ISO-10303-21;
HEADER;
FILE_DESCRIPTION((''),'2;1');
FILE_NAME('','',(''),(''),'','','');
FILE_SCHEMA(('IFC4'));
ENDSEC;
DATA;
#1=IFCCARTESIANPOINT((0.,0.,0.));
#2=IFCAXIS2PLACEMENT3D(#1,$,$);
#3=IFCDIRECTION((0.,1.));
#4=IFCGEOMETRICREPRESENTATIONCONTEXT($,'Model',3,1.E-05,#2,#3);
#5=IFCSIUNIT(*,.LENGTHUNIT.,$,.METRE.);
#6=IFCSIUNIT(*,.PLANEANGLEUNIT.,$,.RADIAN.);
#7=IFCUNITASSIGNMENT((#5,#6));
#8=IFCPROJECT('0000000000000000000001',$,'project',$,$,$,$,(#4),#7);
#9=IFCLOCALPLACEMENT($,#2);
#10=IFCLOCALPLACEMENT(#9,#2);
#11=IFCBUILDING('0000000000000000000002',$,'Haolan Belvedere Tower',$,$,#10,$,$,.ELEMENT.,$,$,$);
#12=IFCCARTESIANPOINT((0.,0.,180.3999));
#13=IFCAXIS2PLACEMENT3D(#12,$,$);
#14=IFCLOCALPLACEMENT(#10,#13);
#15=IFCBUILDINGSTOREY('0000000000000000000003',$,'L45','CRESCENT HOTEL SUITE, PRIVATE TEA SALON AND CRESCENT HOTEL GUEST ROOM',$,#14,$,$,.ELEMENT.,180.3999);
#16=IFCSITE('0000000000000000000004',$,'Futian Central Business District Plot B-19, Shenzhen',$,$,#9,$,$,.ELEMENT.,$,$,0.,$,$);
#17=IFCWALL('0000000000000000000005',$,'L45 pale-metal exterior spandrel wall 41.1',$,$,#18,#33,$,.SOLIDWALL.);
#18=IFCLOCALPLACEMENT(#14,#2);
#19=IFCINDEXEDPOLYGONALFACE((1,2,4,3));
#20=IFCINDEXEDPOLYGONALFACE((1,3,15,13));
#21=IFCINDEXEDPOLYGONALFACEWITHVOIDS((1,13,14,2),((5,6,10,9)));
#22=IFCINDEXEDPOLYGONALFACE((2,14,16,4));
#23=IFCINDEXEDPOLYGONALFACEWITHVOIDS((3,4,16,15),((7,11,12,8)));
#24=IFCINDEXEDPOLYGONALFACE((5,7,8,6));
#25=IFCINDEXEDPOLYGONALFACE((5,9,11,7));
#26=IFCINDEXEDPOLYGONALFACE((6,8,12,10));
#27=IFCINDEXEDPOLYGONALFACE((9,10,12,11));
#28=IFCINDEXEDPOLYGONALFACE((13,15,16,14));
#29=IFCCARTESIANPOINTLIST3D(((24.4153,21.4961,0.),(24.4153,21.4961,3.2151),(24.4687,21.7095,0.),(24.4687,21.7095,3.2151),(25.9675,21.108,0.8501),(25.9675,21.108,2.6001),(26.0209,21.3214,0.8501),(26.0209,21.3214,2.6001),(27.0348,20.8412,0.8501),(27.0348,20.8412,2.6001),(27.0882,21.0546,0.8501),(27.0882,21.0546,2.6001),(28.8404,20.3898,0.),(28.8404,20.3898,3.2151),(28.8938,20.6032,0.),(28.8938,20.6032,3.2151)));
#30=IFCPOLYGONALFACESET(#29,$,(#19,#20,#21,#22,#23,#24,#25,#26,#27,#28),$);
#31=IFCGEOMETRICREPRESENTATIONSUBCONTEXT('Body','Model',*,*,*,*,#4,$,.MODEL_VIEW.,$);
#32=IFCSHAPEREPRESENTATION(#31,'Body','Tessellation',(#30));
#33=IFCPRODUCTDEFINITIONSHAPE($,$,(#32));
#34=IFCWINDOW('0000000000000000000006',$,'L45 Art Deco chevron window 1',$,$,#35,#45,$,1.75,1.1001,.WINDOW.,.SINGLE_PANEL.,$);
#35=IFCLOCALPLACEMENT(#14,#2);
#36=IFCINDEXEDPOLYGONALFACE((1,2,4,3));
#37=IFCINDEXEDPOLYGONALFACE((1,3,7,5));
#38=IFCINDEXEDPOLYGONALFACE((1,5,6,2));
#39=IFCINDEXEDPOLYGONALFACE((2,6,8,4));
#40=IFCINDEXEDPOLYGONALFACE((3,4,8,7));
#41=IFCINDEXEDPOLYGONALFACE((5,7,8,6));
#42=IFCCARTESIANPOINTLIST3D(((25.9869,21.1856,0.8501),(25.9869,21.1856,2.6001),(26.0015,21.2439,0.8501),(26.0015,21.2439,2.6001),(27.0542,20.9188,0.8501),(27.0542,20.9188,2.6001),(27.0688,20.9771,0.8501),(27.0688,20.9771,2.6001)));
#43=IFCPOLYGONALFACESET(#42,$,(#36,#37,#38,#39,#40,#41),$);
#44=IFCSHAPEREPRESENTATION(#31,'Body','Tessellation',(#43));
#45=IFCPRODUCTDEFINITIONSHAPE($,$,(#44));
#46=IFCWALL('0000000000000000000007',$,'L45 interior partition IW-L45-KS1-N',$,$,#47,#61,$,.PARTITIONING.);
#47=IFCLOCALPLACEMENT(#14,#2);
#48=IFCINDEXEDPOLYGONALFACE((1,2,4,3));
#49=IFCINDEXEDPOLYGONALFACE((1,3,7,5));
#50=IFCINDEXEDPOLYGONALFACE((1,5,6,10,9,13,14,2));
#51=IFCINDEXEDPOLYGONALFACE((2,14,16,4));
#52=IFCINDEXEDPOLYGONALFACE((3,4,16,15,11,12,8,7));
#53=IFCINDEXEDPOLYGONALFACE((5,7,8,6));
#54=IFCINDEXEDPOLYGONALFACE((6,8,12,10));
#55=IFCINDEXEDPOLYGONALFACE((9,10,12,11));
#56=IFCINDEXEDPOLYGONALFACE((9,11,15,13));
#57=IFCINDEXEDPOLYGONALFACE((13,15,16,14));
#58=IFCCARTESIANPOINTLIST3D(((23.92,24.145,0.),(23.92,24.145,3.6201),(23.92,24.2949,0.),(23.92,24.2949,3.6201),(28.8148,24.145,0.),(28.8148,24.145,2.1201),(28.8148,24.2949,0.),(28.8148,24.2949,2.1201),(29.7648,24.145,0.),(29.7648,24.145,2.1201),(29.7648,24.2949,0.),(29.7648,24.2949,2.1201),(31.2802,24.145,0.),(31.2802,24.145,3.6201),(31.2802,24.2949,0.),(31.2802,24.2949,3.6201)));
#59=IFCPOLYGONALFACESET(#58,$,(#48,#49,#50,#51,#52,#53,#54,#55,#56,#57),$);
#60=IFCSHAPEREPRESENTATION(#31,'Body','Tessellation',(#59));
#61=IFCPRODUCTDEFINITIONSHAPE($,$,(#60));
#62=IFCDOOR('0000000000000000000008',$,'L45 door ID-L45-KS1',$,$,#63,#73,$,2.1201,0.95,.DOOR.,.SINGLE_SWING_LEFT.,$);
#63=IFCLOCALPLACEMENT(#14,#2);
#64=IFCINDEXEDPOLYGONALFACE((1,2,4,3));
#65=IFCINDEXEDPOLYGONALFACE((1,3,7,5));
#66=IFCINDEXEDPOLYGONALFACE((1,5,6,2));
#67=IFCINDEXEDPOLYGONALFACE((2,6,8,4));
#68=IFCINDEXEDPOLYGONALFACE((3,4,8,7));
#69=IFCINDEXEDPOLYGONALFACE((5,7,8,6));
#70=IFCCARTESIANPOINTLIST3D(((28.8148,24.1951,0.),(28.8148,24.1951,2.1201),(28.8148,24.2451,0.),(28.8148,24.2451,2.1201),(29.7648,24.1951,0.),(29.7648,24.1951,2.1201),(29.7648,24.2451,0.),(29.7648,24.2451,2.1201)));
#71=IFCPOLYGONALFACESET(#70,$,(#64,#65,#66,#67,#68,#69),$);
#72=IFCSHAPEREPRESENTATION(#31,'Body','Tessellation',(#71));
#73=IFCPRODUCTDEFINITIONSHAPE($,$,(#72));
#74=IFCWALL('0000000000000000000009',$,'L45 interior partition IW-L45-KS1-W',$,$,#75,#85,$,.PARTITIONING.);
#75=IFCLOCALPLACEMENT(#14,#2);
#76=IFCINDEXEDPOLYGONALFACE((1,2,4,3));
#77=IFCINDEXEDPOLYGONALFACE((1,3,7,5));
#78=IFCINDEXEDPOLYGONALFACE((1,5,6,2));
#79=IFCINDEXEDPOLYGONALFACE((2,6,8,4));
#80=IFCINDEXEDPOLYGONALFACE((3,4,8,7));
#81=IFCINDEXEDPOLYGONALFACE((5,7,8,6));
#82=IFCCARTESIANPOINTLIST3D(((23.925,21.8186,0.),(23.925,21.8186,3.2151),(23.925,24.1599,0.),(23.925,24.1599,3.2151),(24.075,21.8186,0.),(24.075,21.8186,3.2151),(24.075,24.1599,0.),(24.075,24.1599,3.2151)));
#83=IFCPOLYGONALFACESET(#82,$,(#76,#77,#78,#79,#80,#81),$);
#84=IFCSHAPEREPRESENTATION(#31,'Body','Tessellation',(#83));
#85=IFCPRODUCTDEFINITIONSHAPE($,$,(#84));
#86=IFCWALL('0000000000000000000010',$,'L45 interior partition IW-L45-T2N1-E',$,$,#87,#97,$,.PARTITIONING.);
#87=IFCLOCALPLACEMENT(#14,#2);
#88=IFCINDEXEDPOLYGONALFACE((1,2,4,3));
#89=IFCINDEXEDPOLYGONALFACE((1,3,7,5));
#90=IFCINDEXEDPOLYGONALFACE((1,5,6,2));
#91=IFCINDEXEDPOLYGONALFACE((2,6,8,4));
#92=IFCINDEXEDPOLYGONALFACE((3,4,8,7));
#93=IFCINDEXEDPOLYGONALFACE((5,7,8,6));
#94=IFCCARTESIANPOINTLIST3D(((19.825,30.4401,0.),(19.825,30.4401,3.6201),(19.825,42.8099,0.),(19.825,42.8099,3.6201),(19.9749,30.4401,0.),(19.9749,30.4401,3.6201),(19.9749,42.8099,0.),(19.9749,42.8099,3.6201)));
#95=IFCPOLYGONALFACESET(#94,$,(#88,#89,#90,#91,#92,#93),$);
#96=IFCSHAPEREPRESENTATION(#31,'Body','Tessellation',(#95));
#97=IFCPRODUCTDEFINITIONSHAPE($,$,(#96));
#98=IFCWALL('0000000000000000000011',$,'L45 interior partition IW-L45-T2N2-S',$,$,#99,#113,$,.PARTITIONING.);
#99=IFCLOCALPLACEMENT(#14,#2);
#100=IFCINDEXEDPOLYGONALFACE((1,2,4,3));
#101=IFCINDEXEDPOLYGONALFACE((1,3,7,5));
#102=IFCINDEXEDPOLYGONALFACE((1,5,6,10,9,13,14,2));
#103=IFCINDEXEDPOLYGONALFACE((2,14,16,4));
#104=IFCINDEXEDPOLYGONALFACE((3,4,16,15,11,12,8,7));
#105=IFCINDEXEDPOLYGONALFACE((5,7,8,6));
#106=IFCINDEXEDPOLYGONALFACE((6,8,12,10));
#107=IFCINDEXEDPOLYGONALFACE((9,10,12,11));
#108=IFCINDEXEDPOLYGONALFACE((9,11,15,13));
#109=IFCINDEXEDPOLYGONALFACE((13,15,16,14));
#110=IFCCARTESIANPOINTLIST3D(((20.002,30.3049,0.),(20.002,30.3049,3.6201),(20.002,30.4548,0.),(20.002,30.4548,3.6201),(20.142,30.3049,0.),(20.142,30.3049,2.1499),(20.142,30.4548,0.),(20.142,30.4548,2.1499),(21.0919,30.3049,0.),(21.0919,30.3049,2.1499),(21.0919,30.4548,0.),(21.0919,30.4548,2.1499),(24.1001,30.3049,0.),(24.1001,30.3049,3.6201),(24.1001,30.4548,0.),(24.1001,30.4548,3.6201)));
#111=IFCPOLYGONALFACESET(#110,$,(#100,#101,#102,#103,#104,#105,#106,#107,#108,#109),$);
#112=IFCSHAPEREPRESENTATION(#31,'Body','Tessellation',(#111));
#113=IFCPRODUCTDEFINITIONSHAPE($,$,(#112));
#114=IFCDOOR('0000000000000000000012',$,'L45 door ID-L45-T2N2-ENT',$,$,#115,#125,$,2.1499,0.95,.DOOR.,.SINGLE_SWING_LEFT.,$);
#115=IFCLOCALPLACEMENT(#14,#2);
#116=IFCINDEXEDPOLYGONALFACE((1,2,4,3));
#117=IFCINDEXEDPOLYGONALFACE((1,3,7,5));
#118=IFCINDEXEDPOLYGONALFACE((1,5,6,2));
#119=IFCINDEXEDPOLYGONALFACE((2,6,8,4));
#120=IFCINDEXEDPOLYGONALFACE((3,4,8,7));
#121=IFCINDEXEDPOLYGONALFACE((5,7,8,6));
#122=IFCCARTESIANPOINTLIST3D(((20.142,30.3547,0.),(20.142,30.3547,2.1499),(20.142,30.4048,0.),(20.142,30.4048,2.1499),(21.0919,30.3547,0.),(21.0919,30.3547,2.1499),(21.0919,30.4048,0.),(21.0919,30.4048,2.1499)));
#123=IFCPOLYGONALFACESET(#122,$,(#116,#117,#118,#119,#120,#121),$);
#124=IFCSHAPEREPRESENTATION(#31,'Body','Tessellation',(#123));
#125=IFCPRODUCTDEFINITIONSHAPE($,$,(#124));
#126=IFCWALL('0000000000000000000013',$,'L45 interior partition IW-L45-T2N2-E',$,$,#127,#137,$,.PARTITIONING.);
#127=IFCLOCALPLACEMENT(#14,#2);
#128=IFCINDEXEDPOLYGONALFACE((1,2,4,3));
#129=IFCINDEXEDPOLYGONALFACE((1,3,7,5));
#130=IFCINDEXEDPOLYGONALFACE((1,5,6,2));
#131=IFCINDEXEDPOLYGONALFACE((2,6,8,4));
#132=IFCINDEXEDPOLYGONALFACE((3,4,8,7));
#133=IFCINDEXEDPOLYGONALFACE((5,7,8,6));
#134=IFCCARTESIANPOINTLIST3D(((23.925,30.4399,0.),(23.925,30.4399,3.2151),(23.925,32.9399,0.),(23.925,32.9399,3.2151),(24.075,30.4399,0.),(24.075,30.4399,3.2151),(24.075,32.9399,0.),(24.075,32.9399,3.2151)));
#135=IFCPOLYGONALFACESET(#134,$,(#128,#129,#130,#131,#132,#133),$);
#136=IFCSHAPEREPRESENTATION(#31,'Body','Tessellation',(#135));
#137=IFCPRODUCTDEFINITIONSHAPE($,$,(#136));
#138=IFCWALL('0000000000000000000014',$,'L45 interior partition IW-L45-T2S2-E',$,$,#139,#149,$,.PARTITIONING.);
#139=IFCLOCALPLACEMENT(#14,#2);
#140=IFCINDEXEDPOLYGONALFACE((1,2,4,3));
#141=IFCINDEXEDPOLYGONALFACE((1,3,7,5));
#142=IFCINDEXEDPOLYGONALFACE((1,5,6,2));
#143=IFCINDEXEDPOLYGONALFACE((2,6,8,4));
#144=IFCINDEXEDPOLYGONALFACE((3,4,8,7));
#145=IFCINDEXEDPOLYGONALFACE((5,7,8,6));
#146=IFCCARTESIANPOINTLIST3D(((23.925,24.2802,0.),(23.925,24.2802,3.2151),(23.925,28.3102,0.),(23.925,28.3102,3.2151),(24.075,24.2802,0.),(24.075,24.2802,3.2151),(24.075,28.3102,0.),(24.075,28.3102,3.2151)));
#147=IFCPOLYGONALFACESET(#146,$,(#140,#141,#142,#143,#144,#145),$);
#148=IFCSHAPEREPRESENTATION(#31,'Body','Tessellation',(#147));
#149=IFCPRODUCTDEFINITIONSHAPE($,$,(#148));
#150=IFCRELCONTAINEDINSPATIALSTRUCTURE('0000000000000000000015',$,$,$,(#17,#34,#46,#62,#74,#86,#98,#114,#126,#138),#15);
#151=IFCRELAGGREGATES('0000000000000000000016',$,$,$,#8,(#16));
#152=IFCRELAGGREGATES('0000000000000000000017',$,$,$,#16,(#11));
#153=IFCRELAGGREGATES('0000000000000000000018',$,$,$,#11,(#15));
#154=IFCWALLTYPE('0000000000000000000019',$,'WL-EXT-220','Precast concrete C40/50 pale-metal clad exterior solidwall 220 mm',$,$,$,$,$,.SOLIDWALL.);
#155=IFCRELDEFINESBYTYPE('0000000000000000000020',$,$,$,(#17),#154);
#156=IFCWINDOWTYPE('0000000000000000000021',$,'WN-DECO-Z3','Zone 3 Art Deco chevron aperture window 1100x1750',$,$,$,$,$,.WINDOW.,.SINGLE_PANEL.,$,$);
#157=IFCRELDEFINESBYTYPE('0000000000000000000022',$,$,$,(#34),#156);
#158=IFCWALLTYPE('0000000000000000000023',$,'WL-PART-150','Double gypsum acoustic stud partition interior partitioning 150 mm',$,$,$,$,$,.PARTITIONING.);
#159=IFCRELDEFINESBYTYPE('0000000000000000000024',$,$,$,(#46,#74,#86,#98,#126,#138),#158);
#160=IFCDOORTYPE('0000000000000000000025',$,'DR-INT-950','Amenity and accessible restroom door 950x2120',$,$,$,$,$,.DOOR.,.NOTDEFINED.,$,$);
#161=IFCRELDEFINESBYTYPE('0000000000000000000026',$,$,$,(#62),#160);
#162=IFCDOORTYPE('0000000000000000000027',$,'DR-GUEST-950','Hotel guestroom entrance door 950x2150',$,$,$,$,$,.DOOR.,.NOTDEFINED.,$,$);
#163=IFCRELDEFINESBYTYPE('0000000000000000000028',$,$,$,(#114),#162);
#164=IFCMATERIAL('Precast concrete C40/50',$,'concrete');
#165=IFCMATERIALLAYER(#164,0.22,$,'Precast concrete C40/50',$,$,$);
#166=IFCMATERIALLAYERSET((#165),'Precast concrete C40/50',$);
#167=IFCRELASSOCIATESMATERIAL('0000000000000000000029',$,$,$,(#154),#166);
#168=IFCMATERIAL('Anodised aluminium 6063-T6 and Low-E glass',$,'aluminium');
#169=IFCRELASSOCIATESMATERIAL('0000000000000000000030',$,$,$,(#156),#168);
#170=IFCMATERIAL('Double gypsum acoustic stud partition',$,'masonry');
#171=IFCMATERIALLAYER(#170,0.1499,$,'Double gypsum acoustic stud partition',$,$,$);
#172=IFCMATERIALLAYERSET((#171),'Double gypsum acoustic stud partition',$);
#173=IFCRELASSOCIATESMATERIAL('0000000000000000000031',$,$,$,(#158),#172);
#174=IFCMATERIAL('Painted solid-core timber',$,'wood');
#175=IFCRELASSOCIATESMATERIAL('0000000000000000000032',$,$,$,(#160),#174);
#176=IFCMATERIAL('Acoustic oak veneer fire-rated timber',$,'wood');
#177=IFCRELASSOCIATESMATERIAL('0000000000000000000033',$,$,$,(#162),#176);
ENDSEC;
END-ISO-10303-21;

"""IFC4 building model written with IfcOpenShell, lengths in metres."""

from ifc_helpers import new_model, si_unit, direction, frame, frame_2d, origin, place, context, subcontext, project, spatial, rectangle, extrude, material, layer, layer_set, type_object, element, fill, save


model = new_model("IFC4")

# Units and contexts
model_context = context("Model", 3, precision=1e-05, world=origin(), true_north=direction((0.0, 1.0)))
body_context = subcontext(model_context, "Body", "Model", "MODEL_VIEW")
ifc_project = project(units=[si_unit("LENGTHUNIT", "METRE"), si_unit("PLANEANGLEUNIT", "RADIAN")], contexts=[model_context])

# Site, building, storey
site_placement = place(None, origin())
site = spatial("IfcSite", under=ifc_project, at=site_placement, Name="Futian Central Business District Plot B-19, Shenzhen", CompositionType="ELEMENT", RefElevation=0.0)
building_placement = place(site_placement, origin())
building = spatial("IfcBuilding", under=site, at=building_placement, Name="Haolan Belvedere Tower", CompositionType="ELEMENT")
storey_placement = place(building_placement, frame((0.0, 0.0, 180.3999)))
storey = spatial("IfcBuildingStorey", under=building, at=storey_placement, Name="L45", Description="CRESCENT HOTEL SUITE, PRIVATE TEA SALON AND CRESCENT HOTEL GUEST ROOM", CompositionType="ELEMENT", Elevation=180.3999)

# Shared definitions
ifc_material_1 = material(Name="Precast concrete C40/50", Category="concrete")
ifc_layer_1 = layer(ifc_material_1, 0.22, Name="Precast concrete C40/50")
ifc_layer_set_1 = layer_set([ifc_layer_1], Name="Precast concrete C40/50")
wall_type_1 = type_object("IfcWallType", Name="WL-EXT-220", Description="Precast concrete C40/50 pale-metal clad exterior solidwall 220 mm", PredefinedType="SOLIDWALL", material=ifc_layer_set_1)

# Wall, opening, window
wall_1_placement = place(storey_placement, frame((24.4419, 21.6028, 0.0), z_axis=(0.0, 0.0, 1.0), x_axis=(0.970146, -0.242523, 0.0)))
wall_1 = element("IfcWall", 1, at=wall_1_placement, inside=storey, type_object=wall_type_1, Name="L45 pale-metal exterior spandrel wall 41.1", PredefinedType="SOLIDWALL", context=body_context, shape_type="SweptSolid", body=[
    extrude(rectangle(XDim=4.5613, YDim=0.22, at=frame_2d((2.2808, 0.0))), origin(), (0.0, 0.0, 1.0), 3.2151),
])
opening_1_placement = place(wall_1_placement, frame((1.6001, 0.0, 0.8501)))
opening_1 = element("IfcOpeningElement", 2, at=opening_1_placement, cuts=wall_1, PredefinedType="OPENING", context=body_context, shape_type="SweptSolid", body=[
    extrude(rectangle(XDim=1.1001, YDim=1.75, at=frame_2d((0.55, 0.875))), frame((0.0, 0.1199, 0.0), z_axis=(0.0, -1.0, 0.0), x_axis=(1.0, 0.0, 0.0)), (0.0, 0.0, 1.0), 0.24),
])
ifc_material_2 = material(Name="Anodised aluminium 6063-T6 and Low-E glass", Category="aluminium")
window_type = type_object("IfcWindowType", Name="WN-DECO-Z3", Description="Zone 3 Art Deco chevron aperture window 1100x1750", PartitioningType="SINGLE_PANEL", PredefinedType="WINDOW", material=ifc_material_2)
window_placement = place(opening_1_placement, origin())
window = element("IfcWindow", 3, at=window_placement, inside=storey, type_object=window_type, Name="L45 Art Deco chevron window 1", OverallHeight=1.75, OverallWidth=1.1001, PartitioningType="SINGLE_PANEL", PredefinedType="WINDOW", context=body_context, shape_type="SweptSolid", body=[
    extrude(rectangle(XDim=1.1001, YDim=1.75, at=frame_2d((0.55, 0.875))), frame((0.0, 0.03, 0.0), z_axis=(0.0, -1.0, 0.0), x_axis=(1.0, 0.0, 0.0)), (0.0, 0.0, 1.0), 0.0601),
])
fill(opening_1, window)

# Wall, opening, door
ifc_material_3 = material(Name="Double gypsum acoustic stud partition", Category="masonry")
ifc_layer_2 = layer(ifc_material_3, 0.1499, Name="Double gypsum acoustic stud partition")
ifc_layer_set_2 = layer_set([ifc_layer_2], Name="Double gypsum acoustic stud partition")
wall_type_2 = type_object("IfcWallType", Name="WL-PART-150", Description="Double gypsum acoustic stud partition interior partitioning 150 mm", PredefinedType="PARTITIONING", material=ifc_layer_set_2)
wall_2_placement = place(storey_placement, frame((23.9199, 24.22, 0.0), z_axis=(0.0, 0.0, 1.0), x_axis=(1.0, 0.0, 0.0)))
wall_2 = element("IfcWall", 4, at=wall_2_placement, inside=storey, type_object=wall_type_2, Name="L45 interior partition IW-L45-KS1-N", PredefinedType="PARTITIONING", context=body_context, shape_type="SweptSolid", body=[
    extrude(rectangle(XDim=7.3601, YDim=0.1499, at=frame_2d((3.6802, 0.0))), origin(), (0.0, 0.0, 1.0), 3.6201),
])
opening_2_placement = place(wall_2_placement, frame((5.845, 0.0, 0.0), z_axis=(0.0, 0.0, 1.0), x_axis=(-1.0, 0.0, 0.0)))
opening_2 = element("IfcOpeningElement", 5, at=opening_2_placement, cuts=wall_2, PredefinedType="OPENING", context=body_context, shape_type="SweptSolid", body=[
    extrude(rectangle(XDim=0.95, YDim=2.1201, at=frame_2d((0.4751, 1.0601))), frame((0.0, 0.085, 0.0), z_axis=(0.0, -1.0, 0.0), x_axis=(1.0, 0.0, 0.0)), (0.0, 0.0, 1.0), 0.1699),
])
ifc_material_4 = material(Name="Painted solid-core timber", Category="wood")
door_type_1 = type_object("IfcDoorType", Name="DR-INT-950", Description="Amenity and accessible restroom door 950x2120", OperationType="NOTDEFINED", PredefinedType="DOOR", material=ifc_material_4)
door_1_placement = place(opening_2_placement, origin())
door_1 = element("IfcDoor", 6, at=door_1_placement, inside=storey, type_object=door_type_1, Name="L45 door ID-L45-KS1", OperationType="SINGLE_SWING_LEFT", OverallHeight=2.1201, OverallWidth=0.95, PredefinedType="DOOR", context=body_context, shape_type="SweptSolid", body=[
    extrude(rectangle(XDim=0.95, YDim=2.1201, at=frame_2d((0.4751, 1.0601))), frame((0.0, 0.0249, 0.0), z_axis=(0.0, -1.0, 0.0), x_axis=(1.0, 0.0, 0.0)), (0.0, 0.0, 1.0), 0.05),
])
fill(opening_2, door_1)

# Walls
wall_3_placement = place(storey_placement, frame((24.0, 21.8186, 0.0), z_axis=(0.0, 0.0, 1.0), x_axis=(0.0, 1.0, 0.0)))
element("IfcWall", 7, at=wall_3_placement, inside=storey, type_object=wall_type_2, Name="L45 interior partition IW-L45-KS1-W", PredefinedType="PARTITIONING", context=body_context, shape_type="SweptSolid", body=[
    extrude(rectangle(XDim=2.3413, YDim=0.1499, at=frame_2d((1.1707, 0.0))), origin(), (0.0, 0.0, 1.0), 3.2151),
])
wall_4_placement = place(storey_placement, frame((19.8999, 30.4399, 0.0), z_axis=(0.0, 0.0, 1.0), x_axis=(0.0, 1.0, 0.0)))
element("IfcWall", 8, at=wall_4_placement, inside=storey, type_object=wall_type_2, Name="L45 interior partition IW-L45-T2N1-E", PredefinedType="PARTITIONING", context=body_context, shape_type="SweptSolid", body=[
    extrude(rectangle(XDim=12.3699, YDim=0.1499, at=frame_2d((6.1851, 0.0))), origin(), (0.0, 0.0, 1.0), 3.6201),
])

# Wall, opening, door
wall_5_placement = place(storey_placement, frame((20.002, 30.3799, 0.0), z_axis=(0.0, 0.0, 1.0), x_axis=(1.0, 0.0, 0.0)))
wall_5 = element("IfcWall", 9, at=wall_5_placement, inside=storey, type_object=wall_type_2, Name="L45 interior partition IW-L45-T2N2-S", PredefinedType="PARTITIONING", context=body_context, shape_type="SweptSolid", body=[
    extrude(rectangle(XDim=4.0981, YDim=0.1499, at=frame_2d((2.0491, 0.0))), origin(), (0.0, 0.0, 1.0), 3.6201),
])
opening_3_placement = place(wall_5_placement, frame((0.1399, 0.0, 0.0)))
opening_3 = element("IfcOpeningElement", 10, at=opening_3_placement, cuts=wall_5, PredefinedType="OPENING", context=body_context, shape_type="SweptSolid", body=[
    extrude(rectangle(XDim=0.95, YDim=2.1499, at=frame_2d((0.4751, 1.075))), frame((0.0, 0.085, 0.0), z_axis=(0.0, -1.0, 0.0), x_axis=(1.0, 0.0, 0.0)), (0.0, 0.0, 1.0), 0.1699),
])
ifc_material_5 = material(Name="Acoustic oak veneer fire-rated timber", Category="wood")
door_type_2 = type_object("IfcDoorType", Name="DR-GUEST-950", Description="Hotel guestroom entrance door 950x2150", OperationType="NOTDEFINED", PredefinedType="DOOR", material=ifc_material_5)
door_2_placement = place(opening_3_placement, origin())
door_2 = element("IfcDoor", 11, at=door_2_placement, inside=storey, type_object=door_type_2, Name="L45 door ID-L45-T2N2-ENT", OperationType="SINGLE_SWING_LEFT", OverallHeight=2.1499, OverallWidth=0.95, PredefinedType="DOOR", context=body_context, shape_type="SweptSolid", body=[
    extrude(rectangle(XDim=0.95, YDim=2.1499, at=frame_2d((0.4751, 1.075))), frame((0.0, 0.0249, 0.0), z_axis=(0.0, -1.0, 0.0), x_axis=(1.0, 0.0, 0.0)), (0.0, 0.0, 1.0), 0.05),
])
fill(opening_3, door_2)

# Walls
wall_6_placement = place(storey_placement, frame((24.0, 30.4399, 0.0), z_axis=(0.0, 0.0, 1.0), x_axis=(0.0, 1.0, 0.0)))
element("IfcWall", 12, at=wall_6_placement, inside=storey, type_object=wall_type_2, Name="L45 interior partition IW-L45-T2N2-E", PredefinedType="PARTITIONING", context=body_context, shape_type="SweptSolid", body=[
    extrude(rectangle(XDim=2.5, YDim=0.1499, at=frame_2d((1.25, 0.0))), origin(), (0.0, 0.0, 1.0), 3.2151),
])
wall_7_placement = place(storey_placement, frame((24.0, 24.28, 0.0), z_axis=(0.0, 0.0, 1.0), x_axis=(0.0, 1.0, 0.0)))
element("IfcWall", 13, at=wall_7_placement, inside=storey, type_object=wall_type_2, Name="L45 interior partition IW-L45-T2S2-E", PredefinedType="PARTITIONING", context=body_context, shape_type="SweptSolid", body=[
    extrude(rectangle(XDim=4.03, YDim=0.1499, at=frame_2d((2.0151, 0.0))), origin(), (0.0, 0.0, 1.0), 3.2151),
])

save(model, "model.ifc")
